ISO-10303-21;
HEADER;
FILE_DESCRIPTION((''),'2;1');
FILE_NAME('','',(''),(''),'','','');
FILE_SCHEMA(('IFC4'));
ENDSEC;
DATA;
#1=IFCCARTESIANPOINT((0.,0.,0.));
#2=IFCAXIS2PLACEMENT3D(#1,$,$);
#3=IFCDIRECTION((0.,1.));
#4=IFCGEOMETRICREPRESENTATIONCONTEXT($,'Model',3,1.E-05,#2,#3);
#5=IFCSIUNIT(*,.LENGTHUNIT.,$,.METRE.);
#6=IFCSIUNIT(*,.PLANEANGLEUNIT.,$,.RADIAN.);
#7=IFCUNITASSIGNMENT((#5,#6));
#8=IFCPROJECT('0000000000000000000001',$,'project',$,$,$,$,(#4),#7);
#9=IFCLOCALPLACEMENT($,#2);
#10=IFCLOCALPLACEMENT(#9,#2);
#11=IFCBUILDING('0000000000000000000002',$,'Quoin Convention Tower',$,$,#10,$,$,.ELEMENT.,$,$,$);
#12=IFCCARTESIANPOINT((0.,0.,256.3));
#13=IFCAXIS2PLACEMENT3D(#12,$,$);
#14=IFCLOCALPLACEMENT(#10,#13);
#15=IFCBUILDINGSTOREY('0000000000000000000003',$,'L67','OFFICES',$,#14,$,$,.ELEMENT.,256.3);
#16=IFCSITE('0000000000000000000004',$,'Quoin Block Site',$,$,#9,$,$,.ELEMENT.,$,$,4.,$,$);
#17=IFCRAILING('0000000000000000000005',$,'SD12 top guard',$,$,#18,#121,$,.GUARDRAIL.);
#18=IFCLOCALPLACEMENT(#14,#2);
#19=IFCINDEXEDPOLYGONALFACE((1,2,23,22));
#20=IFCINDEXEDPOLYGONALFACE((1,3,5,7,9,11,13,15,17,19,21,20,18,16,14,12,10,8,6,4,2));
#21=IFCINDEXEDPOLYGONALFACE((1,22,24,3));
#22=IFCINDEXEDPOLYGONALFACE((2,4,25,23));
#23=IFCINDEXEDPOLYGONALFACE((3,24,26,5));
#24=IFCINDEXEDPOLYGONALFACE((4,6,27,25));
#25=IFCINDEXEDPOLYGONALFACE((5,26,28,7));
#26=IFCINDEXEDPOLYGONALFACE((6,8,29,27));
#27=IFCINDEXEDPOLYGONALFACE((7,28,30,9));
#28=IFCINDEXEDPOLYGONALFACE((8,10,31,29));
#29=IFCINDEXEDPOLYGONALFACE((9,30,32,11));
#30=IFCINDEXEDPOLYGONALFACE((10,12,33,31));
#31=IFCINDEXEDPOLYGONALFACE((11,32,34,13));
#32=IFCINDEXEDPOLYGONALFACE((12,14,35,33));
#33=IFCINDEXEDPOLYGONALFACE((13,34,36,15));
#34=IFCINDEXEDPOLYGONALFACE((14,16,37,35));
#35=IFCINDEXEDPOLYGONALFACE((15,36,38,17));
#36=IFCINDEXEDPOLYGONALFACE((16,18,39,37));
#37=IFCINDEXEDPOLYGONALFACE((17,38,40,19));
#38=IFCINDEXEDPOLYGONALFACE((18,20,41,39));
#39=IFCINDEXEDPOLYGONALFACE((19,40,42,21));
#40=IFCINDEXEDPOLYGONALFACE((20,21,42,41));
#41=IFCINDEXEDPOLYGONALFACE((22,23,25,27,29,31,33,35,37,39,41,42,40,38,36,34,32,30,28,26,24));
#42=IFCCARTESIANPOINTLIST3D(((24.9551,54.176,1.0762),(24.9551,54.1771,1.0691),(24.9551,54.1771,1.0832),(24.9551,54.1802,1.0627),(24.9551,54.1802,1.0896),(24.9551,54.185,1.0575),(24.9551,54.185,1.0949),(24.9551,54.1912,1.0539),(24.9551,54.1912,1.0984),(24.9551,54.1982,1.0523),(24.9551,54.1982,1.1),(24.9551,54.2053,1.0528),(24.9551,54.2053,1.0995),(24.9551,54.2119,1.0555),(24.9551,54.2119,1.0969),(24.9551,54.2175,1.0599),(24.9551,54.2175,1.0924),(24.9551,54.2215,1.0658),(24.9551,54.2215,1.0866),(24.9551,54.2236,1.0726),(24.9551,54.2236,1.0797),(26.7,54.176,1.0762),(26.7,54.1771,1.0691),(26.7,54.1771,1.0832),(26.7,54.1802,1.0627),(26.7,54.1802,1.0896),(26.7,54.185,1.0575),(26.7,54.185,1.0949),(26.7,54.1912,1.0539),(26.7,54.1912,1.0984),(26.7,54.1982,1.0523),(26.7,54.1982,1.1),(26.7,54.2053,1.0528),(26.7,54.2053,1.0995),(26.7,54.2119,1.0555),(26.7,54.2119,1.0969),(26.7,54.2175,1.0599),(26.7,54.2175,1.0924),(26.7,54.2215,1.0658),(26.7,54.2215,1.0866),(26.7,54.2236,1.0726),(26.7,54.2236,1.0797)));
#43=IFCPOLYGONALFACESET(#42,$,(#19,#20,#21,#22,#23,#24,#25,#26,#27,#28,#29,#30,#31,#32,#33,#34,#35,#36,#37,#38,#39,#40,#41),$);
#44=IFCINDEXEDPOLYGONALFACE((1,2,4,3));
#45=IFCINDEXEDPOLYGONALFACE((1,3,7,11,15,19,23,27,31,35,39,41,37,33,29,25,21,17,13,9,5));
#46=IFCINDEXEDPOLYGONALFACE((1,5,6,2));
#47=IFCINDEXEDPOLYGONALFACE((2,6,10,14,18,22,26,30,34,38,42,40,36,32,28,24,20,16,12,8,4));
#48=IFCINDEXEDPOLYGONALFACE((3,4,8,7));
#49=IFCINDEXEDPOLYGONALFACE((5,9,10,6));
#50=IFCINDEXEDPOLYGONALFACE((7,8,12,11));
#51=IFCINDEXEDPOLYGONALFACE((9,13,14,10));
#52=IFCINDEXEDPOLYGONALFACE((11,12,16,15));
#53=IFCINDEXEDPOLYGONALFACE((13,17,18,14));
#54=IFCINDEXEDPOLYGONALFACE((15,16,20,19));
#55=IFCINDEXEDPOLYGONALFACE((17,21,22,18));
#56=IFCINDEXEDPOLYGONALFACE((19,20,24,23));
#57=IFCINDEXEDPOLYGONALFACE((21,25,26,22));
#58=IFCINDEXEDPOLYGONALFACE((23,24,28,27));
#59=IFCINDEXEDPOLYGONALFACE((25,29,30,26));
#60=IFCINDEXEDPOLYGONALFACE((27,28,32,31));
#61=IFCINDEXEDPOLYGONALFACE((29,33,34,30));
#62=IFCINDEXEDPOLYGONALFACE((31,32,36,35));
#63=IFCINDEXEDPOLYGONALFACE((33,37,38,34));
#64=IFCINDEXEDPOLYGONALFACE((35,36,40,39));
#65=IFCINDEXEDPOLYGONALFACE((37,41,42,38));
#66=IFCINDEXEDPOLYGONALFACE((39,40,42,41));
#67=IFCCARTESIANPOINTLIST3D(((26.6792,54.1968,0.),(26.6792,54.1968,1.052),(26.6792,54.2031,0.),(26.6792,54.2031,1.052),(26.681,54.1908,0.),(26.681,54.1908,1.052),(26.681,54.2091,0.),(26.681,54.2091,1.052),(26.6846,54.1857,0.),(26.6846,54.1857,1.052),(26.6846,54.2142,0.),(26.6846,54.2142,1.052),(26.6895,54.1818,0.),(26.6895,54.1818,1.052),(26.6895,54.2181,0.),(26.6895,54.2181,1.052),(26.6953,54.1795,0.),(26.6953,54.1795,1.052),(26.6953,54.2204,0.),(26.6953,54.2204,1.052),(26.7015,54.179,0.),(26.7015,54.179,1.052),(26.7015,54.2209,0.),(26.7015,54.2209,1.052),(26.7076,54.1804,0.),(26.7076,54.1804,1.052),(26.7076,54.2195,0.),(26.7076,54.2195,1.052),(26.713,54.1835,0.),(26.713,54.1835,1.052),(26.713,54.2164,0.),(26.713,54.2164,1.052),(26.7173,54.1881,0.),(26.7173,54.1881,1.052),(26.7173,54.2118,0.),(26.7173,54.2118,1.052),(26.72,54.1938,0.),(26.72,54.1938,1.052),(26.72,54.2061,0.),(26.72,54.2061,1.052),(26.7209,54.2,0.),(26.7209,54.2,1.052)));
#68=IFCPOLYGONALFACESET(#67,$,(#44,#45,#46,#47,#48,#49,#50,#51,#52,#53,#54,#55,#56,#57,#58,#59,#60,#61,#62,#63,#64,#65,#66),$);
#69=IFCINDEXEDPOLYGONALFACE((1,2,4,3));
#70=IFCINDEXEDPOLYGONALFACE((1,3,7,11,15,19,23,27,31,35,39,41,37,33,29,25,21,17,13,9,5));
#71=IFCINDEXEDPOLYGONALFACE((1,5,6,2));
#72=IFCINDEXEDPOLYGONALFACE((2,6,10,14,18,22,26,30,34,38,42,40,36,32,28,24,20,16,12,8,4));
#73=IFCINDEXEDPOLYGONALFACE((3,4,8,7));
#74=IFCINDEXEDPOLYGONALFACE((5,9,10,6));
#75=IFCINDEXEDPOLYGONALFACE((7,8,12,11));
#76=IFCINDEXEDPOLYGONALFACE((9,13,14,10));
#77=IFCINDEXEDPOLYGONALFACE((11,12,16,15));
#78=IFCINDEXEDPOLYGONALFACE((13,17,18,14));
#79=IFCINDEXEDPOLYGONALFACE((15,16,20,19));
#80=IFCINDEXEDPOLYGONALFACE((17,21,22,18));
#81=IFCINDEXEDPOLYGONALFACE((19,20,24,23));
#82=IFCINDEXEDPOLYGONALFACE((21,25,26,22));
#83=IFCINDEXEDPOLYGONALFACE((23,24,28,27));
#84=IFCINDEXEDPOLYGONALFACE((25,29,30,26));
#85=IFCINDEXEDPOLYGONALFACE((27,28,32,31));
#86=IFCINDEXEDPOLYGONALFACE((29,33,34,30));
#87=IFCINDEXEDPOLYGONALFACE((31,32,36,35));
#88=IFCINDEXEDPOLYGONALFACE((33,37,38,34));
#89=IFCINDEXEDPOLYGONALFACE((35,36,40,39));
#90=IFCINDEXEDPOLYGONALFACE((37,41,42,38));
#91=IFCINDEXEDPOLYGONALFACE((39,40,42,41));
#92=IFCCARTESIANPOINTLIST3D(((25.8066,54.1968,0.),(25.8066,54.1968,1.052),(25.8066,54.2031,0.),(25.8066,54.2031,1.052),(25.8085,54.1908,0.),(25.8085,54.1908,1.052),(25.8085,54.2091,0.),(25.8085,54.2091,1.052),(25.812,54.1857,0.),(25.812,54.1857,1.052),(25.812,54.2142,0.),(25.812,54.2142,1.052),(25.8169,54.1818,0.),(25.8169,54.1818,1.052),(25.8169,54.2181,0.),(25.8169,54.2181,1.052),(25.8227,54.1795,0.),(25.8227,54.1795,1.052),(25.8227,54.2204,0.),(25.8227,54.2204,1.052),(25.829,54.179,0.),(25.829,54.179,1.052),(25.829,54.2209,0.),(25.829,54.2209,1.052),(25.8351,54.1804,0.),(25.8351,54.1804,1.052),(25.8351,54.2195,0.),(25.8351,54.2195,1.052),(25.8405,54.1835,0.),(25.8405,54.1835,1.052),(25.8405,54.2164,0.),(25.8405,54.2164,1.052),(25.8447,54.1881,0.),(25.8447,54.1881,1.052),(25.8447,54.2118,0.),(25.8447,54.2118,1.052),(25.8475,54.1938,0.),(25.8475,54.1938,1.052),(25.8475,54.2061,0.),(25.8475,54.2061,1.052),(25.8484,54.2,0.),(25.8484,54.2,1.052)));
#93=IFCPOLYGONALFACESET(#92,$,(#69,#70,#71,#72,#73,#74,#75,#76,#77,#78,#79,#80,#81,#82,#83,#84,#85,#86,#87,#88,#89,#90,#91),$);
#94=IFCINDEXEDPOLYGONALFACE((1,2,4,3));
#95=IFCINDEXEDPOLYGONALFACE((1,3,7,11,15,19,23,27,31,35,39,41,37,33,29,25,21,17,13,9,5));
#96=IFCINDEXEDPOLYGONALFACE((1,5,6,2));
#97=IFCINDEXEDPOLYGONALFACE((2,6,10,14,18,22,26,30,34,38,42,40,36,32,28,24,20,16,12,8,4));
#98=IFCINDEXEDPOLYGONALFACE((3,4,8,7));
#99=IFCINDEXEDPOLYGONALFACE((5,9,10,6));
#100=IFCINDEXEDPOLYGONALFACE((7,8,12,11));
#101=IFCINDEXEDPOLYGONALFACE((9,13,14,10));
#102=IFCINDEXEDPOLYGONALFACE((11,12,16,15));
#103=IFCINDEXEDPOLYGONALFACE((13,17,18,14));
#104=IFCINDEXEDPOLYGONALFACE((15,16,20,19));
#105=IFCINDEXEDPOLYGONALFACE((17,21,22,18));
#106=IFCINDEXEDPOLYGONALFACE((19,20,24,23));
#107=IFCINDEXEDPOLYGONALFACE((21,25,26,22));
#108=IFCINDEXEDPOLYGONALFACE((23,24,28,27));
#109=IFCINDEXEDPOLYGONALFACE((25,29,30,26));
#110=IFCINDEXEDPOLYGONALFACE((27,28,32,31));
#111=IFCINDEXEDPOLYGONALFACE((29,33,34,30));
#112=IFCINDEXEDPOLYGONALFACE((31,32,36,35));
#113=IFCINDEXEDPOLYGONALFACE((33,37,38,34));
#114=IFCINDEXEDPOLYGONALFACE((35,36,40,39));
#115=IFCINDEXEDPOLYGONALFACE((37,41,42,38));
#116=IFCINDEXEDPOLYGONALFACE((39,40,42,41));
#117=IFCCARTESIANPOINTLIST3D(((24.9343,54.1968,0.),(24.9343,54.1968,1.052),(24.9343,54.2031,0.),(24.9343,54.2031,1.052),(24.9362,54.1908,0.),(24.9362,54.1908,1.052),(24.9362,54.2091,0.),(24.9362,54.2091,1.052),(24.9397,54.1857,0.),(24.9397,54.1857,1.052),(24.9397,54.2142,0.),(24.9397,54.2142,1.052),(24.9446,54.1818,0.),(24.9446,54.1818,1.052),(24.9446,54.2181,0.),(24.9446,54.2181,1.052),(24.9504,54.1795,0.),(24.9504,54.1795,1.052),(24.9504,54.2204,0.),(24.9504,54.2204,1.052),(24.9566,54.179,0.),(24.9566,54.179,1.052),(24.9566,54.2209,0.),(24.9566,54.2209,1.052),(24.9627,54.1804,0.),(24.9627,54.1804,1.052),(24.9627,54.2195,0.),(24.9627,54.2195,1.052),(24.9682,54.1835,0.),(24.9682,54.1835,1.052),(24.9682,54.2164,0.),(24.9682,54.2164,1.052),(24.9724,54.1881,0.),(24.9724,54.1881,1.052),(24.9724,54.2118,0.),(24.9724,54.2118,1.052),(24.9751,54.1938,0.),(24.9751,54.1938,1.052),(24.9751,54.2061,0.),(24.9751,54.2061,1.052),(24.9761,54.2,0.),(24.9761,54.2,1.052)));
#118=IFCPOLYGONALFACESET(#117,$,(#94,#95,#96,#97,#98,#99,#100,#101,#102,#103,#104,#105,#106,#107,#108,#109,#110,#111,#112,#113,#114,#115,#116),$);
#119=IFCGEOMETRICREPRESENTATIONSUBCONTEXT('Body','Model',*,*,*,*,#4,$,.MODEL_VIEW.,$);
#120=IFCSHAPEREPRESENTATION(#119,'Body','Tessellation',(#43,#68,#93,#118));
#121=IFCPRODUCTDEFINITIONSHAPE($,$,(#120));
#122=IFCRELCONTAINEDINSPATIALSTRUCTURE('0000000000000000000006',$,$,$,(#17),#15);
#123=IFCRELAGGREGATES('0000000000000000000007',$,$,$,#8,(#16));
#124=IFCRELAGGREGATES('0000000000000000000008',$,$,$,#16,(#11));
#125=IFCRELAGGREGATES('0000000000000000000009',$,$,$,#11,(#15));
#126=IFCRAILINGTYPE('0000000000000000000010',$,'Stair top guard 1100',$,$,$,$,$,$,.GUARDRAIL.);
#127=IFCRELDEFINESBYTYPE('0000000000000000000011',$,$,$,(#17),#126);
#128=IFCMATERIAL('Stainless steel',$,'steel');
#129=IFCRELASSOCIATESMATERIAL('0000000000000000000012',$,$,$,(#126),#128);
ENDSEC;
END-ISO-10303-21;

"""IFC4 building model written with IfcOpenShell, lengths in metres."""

from ifc_helpers import new_model, si_unit, direction, frame, origin, origin_2d, place, context, subcontext, project, spatial, circle, extrude, material, type_object, element, save


model = new_model("IFC4")

# Units and contexts
model_context = context("Model", 3, precision=1e-05, world=origin(), true_north=direction((0.0, 1.0)))
body_context = subcontext(model_context, "Body", "Model", "MODEL_VIEW")
ifc_project = project(units=[si_unit("LENGTHUNIT", "METRE"), si_unit("PLANEANGLEUNIT", "RADIAN")], contexts=[model_context])

# Site, building, storey
site_placement = place(None, origin())
site = spatial("IfcSite", under=ifc_project, at=site_placement, Name="Quoin Block Site", CompositionType="ELEMENT", RefElevation=4.0)
building_placement = place(site_placement, origin())
building = spatial("IfcBuilding", under=site, at=building_placement, Name="Quoin Convention Tower", CompositionType="ELEMENT")
storey_placement = place(building_placement, frame((0.0, 0.0, 256.3)))
storey = spatial("IfcBuildingStorey", under=building, at=storey_placement, Name="L67", Description="OFFICES", CompositionType="ELEMENT", Elevation=256.3)

# Railing
ifc_material_1 = material(Name="Stainless steel", Category="steel")
railing_type_1 = type_object("IfcRailingType", Name="Stair top guard 1100", PredefinedType="GUARDRAIL", material=ifc_material_1)
railing_1_placement = place(storey_placement, frame((26.7, 54.2, 0.0)))
element("IfcRailing", 1, at=railing_1_placement, inside=storey, type_object=railing_type_1, Name="SD12 top guard", PredefinedType="GUARDRAIL", context=body_context, shape_type="SweptSolid", body=[
    extrude(circle(Radius=0.0239, at=origin_2d()), frame((0.0, 0.0, 1.0762), z_axis=(-1.0, 0.0, 0.0), x_axis=(0.0, -1.0, 0.0)), (0.0, 0.0, 1.0), 1.7449),
    extrude(circle(Radius=0.021, at=origin_2d()), origin(), (0.0, 0.0, 1.0), 1.052),
    extrude(circle(Radius=0.021, at=origin_2d()), frame((-0.8726, 0.0, 0.0)), (0.0, 0.0, 1.0), 1.052),
    extrude(circle(Radius=0.021, at=origin_2d()), frame((-1.7449, 0.0, 0.0)), (0.0, 0.0, 1.0), 1.052),
])

save(model, "model.ifc")
